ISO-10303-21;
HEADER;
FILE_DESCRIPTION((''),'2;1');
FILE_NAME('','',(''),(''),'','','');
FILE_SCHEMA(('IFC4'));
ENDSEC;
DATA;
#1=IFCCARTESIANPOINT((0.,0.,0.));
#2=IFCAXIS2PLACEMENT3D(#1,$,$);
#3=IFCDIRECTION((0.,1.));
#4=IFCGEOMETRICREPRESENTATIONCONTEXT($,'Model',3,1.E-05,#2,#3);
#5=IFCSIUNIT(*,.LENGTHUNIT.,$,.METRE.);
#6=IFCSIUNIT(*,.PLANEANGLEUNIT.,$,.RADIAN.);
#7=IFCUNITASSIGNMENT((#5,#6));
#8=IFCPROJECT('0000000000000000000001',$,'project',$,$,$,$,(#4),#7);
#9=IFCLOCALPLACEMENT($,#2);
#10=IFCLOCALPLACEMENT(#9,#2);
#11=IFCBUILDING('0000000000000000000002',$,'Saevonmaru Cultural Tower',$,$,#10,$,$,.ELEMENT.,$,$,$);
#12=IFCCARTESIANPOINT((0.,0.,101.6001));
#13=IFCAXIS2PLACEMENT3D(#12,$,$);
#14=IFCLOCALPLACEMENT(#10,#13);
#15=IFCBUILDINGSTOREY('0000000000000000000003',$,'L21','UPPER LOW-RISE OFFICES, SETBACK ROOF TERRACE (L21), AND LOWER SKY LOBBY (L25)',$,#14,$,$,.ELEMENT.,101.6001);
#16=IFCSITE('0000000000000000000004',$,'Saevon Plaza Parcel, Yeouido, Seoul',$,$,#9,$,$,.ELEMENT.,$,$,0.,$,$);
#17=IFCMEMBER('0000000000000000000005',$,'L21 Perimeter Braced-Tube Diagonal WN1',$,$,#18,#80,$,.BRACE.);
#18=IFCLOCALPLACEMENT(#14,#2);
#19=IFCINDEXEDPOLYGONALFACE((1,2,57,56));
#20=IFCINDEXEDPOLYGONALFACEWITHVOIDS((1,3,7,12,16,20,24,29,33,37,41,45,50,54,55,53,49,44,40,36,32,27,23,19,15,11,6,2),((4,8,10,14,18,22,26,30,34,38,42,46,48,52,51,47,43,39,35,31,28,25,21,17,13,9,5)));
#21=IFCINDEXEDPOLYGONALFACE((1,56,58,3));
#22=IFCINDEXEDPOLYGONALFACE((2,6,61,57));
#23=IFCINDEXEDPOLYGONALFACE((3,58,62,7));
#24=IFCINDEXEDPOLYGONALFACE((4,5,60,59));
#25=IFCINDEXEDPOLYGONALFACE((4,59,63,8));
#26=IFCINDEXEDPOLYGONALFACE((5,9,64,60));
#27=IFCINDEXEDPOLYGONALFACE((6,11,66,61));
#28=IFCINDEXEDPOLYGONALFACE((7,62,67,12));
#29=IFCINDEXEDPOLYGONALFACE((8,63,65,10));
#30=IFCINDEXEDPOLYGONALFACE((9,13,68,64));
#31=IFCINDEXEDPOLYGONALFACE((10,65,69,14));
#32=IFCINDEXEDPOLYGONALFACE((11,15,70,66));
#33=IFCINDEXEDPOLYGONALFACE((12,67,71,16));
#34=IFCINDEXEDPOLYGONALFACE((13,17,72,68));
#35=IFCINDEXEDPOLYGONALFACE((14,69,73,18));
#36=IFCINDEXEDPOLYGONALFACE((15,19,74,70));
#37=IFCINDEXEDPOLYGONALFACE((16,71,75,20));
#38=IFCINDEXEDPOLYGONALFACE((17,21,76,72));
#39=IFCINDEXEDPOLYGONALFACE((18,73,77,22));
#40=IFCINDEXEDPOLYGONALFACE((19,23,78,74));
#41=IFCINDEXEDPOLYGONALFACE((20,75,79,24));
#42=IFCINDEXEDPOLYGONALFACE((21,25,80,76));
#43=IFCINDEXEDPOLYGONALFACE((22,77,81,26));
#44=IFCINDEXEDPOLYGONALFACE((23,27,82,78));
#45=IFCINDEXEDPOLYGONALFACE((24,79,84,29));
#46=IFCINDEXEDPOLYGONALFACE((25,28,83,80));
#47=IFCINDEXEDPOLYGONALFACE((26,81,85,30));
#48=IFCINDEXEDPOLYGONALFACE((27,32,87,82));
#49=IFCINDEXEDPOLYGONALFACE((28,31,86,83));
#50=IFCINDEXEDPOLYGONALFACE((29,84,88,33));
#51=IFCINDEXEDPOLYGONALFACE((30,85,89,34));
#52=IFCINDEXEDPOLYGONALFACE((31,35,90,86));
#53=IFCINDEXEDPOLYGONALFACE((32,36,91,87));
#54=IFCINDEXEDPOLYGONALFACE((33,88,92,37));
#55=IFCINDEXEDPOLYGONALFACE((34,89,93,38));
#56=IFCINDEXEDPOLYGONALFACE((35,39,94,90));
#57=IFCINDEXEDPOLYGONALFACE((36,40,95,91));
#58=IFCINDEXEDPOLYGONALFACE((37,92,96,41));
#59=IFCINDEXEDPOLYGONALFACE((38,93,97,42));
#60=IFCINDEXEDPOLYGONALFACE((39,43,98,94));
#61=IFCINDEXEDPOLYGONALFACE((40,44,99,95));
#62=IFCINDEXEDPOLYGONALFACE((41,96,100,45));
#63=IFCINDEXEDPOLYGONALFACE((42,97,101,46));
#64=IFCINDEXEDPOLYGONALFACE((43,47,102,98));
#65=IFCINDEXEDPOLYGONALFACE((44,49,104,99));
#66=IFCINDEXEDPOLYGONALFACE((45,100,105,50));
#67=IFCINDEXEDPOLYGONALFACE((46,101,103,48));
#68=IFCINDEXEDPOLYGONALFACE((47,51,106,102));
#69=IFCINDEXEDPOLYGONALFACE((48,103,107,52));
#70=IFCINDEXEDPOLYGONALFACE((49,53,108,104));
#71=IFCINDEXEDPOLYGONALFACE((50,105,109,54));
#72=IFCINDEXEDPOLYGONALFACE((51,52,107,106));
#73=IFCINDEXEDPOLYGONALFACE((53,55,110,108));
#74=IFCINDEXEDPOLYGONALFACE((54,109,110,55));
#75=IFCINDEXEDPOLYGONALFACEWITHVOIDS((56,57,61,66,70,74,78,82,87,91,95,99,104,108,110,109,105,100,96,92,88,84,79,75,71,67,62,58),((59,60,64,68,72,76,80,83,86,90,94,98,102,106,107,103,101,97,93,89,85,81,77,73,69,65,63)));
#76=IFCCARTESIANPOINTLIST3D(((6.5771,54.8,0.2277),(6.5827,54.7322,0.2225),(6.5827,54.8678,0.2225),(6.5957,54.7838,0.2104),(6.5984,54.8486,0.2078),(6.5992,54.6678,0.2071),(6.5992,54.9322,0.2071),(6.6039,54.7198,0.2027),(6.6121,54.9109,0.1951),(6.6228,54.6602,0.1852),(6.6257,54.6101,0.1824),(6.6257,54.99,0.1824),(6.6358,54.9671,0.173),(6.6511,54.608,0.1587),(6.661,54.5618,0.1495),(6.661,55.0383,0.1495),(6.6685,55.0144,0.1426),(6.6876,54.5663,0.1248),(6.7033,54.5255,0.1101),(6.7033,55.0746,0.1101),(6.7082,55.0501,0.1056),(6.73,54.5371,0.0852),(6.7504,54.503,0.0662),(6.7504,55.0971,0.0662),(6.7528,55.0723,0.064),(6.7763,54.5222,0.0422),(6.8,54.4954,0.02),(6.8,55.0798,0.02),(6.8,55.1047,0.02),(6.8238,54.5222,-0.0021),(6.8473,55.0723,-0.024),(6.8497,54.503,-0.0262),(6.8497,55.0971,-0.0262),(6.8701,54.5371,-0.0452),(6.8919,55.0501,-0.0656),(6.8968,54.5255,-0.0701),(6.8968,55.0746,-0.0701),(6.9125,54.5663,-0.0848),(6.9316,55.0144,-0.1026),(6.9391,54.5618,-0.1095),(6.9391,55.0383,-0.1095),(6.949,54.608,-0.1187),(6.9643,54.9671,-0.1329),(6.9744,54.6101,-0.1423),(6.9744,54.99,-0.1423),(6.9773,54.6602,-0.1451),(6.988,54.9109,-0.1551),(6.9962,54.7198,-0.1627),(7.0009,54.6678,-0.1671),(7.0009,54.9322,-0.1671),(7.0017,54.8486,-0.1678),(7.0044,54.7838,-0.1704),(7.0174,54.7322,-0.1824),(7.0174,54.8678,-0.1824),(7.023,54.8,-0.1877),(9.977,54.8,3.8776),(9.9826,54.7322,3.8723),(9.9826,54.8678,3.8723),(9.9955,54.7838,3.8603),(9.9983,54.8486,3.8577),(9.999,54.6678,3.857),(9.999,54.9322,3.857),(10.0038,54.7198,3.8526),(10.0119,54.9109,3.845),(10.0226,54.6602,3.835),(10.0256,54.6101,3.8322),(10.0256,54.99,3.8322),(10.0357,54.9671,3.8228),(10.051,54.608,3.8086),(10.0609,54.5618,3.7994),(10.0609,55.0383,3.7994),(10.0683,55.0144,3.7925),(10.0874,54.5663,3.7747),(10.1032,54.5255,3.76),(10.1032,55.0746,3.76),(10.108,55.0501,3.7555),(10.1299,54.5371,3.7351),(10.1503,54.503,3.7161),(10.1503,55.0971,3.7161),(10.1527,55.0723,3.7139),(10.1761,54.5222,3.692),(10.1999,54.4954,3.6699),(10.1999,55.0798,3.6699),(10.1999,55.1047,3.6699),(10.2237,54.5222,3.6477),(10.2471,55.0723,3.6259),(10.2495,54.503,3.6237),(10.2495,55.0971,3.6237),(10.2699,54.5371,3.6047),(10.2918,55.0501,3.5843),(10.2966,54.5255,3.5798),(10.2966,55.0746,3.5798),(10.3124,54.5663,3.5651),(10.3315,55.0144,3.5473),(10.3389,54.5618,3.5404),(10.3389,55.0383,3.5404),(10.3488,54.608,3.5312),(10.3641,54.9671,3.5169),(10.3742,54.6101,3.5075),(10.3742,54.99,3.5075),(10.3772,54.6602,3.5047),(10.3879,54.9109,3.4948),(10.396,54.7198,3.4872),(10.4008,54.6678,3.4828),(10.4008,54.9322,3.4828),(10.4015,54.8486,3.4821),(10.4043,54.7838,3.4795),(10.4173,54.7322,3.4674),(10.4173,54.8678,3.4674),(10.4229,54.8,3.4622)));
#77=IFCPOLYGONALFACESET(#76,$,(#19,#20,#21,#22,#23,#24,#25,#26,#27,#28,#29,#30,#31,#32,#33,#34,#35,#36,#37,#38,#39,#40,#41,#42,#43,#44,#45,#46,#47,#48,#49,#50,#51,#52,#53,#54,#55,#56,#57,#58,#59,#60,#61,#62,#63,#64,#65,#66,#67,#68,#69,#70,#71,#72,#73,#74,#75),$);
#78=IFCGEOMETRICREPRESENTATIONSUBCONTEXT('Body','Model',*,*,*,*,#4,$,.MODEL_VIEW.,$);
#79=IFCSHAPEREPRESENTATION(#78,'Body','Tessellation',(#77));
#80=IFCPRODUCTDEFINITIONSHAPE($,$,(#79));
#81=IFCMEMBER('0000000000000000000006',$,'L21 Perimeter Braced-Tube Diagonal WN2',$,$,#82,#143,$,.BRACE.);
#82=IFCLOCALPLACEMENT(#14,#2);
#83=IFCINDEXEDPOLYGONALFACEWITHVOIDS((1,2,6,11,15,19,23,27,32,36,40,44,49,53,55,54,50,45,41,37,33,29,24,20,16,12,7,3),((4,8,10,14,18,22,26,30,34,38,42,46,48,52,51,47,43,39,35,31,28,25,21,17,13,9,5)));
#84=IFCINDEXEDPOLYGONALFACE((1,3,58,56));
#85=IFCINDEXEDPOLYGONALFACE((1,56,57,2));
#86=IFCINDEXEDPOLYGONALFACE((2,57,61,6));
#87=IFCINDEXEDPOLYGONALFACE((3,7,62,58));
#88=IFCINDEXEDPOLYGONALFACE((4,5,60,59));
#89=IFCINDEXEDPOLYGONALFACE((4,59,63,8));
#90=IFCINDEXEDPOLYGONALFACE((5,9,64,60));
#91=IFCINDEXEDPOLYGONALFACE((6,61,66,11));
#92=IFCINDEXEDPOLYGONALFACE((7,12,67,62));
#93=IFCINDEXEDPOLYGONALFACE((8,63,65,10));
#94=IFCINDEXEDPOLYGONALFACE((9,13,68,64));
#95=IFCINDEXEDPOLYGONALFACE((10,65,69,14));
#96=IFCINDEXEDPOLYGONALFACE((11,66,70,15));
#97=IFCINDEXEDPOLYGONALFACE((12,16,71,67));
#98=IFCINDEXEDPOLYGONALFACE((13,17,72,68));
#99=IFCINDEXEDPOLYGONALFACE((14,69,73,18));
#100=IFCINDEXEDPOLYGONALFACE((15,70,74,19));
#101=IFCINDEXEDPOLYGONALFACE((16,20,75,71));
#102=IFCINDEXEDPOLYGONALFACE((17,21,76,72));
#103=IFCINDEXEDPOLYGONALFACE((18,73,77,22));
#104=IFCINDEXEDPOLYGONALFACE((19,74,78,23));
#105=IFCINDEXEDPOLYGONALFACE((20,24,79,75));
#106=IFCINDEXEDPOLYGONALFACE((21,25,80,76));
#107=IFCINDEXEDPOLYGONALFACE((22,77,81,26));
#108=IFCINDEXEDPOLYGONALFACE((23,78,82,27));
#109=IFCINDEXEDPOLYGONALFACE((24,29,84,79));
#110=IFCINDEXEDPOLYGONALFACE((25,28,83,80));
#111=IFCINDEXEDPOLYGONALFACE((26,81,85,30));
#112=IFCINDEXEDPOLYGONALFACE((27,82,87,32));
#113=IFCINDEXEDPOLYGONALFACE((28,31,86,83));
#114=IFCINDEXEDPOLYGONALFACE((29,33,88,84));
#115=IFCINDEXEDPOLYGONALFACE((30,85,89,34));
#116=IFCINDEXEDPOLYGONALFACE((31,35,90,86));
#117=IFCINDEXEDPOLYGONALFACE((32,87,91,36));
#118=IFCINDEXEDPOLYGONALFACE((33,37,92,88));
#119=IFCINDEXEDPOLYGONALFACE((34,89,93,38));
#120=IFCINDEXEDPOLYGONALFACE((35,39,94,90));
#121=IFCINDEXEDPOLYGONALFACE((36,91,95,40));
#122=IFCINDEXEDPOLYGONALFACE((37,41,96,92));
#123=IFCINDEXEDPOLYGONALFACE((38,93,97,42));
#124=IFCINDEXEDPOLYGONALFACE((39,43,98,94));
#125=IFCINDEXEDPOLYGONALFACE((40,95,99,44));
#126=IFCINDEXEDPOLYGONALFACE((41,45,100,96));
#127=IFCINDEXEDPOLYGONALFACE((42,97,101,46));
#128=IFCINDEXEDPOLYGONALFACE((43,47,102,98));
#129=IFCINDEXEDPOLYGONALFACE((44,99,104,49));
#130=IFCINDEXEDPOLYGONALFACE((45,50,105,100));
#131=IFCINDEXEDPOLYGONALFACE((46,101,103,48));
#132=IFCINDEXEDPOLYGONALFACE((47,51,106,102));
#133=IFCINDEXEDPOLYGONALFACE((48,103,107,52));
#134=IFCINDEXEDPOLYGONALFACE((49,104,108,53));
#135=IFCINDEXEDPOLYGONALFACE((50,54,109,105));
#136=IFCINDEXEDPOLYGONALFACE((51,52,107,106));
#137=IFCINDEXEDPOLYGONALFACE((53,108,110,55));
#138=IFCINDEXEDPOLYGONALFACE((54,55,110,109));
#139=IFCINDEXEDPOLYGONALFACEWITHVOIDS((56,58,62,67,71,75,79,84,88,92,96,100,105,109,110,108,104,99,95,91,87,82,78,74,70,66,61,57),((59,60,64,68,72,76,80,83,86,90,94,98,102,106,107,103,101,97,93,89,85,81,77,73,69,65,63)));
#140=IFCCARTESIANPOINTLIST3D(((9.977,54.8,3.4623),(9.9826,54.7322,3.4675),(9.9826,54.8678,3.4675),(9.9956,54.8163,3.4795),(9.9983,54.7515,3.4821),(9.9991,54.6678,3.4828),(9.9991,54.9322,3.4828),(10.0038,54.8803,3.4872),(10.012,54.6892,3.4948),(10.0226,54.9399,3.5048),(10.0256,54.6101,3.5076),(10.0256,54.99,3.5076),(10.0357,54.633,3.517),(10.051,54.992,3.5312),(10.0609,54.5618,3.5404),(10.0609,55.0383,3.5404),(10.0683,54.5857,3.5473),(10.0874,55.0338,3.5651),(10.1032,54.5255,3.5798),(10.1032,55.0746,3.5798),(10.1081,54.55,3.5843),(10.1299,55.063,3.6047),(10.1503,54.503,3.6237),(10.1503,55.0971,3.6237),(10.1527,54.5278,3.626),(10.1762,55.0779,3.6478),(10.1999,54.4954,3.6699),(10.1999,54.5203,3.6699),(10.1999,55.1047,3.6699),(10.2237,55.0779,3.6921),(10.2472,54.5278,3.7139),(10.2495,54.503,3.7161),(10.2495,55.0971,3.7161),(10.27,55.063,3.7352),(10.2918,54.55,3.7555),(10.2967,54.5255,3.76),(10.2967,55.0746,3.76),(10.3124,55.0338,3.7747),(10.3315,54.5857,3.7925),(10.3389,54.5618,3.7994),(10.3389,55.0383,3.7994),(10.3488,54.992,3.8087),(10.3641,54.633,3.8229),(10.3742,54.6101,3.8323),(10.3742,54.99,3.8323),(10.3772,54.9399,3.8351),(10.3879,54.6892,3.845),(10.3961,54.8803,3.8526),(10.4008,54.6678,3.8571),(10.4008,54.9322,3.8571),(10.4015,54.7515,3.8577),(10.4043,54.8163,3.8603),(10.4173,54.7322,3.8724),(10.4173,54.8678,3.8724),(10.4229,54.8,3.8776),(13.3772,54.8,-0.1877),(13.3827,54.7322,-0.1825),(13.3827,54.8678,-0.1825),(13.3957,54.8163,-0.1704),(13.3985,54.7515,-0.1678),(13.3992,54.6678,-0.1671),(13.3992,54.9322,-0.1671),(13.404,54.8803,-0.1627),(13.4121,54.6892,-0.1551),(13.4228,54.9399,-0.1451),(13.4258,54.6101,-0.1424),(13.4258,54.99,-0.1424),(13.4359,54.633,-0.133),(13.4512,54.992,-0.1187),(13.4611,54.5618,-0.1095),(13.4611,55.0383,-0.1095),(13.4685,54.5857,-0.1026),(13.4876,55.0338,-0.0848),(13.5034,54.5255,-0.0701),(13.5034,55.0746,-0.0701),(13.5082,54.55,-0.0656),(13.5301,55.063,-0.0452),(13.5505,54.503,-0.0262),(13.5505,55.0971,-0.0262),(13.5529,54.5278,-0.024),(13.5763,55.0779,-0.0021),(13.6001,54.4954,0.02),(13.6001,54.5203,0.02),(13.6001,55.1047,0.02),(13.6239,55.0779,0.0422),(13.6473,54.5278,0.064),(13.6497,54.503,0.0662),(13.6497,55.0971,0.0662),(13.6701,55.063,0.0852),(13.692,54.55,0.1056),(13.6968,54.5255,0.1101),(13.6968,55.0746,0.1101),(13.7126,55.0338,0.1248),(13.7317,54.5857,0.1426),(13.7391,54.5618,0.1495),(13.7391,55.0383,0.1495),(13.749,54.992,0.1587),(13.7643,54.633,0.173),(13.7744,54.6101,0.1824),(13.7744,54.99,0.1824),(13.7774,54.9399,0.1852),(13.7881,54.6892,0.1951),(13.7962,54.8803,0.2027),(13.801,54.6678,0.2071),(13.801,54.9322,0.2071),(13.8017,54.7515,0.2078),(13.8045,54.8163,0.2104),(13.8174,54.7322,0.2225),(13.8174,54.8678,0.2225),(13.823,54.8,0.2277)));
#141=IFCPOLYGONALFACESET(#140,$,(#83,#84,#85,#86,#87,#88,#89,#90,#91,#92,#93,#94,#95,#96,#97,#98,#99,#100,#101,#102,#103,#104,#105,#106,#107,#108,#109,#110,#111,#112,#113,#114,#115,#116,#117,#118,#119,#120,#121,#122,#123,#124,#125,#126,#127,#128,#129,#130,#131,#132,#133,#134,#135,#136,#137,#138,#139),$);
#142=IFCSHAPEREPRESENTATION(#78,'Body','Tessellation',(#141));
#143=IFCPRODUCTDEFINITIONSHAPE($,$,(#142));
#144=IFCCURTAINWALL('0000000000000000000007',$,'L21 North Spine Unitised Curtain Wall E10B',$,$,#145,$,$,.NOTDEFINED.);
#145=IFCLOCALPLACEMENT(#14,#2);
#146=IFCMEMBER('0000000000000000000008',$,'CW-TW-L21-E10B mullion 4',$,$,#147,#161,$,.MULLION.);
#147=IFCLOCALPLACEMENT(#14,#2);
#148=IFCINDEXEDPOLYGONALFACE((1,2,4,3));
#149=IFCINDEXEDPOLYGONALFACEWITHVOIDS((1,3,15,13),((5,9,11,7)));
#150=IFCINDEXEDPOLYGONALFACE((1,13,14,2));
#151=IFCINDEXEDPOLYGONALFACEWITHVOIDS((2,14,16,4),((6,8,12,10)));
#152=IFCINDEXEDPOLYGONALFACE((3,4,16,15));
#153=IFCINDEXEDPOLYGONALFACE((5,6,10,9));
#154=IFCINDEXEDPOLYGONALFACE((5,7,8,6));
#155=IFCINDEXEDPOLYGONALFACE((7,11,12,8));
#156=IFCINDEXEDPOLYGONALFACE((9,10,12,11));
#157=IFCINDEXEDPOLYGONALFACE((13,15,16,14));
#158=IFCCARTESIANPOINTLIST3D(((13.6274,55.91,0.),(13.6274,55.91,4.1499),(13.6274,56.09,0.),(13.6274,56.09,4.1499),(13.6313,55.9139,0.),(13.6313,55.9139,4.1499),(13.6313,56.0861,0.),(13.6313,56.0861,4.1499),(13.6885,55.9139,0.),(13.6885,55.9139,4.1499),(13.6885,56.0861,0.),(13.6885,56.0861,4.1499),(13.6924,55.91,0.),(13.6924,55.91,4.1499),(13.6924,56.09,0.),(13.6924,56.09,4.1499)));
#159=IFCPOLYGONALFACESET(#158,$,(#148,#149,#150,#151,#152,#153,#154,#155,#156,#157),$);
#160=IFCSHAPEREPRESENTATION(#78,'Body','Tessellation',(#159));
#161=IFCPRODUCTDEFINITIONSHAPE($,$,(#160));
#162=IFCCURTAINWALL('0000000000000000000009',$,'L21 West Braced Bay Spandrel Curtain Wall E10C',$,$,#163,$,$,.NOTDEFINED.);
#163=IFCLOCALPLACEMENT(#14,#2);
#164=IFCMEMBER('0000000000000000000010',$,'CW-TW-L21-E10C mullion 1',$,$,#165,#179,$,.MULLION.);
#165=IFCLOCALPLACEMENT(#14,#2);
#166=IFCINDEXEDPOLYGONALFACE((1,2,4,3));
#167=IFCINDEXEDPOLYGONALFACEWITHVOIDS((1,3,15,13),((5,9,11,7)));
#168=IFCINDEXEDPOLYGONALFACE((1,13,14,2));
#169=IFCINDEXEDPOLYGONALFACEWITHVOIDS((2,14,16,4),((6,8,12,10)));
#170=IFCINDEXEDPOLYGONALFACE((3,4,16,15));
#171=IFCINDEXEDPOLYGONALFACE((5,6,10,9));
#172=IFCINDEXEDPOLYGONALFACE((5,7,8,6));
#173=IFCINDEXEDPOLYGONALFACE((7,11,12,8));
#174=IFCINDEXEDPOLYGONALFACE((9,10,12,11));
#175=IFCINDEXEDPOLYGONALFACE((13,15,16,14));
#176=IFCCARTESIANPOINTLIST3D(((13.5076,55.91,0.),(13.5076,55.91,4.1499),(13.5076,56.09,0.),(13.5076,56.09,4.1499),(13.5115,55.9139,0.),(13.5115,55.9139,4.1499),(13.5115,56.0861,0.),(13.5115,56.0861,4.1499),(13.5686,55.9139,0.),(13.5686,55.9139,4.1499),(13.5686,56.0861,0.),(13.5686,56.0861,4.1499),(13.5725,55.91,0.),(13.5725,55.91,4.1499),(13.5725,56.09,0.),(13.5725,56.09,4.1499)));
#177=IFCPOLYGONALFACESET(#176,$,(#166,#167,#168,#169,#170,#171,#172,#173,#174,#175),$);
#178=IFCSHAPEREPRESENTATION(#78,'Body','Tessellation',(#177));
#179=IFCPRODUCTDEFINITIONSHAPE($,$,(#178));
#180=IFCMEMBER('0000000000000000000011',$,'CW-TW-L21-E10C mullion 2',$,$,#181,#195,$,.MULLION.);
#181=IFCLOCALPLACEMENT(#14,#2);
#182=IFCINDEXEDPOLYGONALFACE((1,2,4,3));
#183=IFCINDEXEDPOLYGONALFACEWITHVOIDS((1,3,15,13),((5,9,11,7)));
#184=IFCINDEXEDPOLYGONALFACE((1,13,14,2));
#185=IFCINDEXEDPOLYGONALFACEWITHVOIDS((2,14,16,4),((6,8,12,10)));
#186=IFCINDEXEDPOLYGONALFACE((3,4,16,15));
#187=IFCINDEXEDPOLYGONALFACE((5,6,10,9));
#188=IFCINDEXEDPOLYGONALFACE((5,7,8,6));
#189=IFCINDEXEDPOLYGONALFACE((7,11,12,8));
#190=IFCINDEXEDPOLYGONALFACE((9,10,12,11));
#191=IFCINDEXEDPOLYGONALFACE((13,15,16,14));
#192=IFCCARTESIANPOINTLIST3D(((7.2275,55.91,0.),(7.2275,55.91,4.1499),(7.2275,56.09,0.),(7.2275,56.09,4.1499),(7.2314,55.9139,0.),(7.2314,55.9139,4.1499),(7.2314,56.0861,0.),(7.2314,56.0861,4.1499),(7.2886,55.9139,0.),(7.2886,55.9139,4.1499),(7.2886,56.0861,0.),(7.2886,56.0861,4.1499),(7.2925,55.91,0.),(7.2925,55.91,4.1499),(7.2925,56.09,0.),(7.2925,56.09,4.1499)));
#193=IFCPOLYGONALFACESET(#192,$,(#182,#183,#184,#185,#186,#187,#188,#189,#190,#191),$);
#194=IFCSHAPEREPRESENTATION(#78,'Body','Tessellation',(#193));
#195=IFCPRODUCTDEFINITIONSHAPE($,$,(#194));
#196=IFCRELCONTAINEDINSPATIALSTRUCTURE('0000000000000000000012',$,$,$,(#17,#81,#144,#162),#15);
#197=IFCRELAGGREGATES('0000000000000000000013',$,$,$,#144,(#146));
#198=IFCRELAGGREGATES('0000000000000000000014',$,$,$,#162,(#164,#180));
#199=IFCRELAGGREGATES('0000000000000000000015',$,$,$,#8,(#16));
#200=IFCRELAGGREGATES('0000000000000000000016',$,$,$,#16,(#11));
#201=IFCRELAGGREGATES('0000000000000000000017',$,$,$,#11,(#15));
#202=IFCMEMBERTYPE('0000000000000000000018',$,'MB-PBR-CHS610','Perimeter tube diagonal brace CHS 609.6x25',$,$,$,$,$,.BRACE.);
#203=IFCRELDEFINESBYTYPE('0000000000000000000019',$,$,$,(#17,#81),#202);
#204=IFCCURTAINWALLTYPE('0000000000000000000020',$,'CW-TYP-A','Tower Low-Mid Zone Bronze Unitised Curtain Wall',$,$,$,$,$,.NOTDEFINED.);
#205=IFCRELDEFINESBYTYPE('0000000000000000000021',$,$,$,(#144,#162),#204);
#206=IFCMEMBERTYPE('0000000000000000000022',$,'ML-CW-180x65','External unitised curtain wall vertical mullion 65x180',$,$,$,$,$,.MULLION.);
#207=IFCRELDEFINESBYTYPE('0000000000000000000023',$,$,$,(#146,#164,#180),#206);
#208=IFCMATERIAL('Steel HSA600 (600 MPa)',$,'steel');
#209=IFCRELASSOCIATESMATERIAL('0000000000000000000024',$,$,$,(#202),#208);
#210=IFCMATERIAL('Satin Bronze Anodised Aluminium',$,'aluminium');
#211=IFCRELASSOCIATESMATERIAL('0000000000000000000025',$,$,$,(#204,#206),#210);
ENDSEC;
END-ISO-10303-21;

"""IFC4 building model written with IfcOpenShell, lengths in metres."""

from ifc_helpers import new_model, si_unit, direction, frame, origin, origin_2d, place, context, subcontext, project, spatial, hollow_rectangle, hollow_circle, extrude, material, material_profile, profile_set, type_object, element, aggregate, save


model = new_model("IFC4")

# Units and contexts
model_context = context("Model", 3, precision=1e-05, world=origin(), true_north=direction((0.0, 1.0)))
body_context = subcontext(model_context, "Body", "Model", "MODEL_VIEW")
ifc_project = project(units=[si_unit("LENGTHUNIT", "METRE"), si_unit("PLANEANGLEUNIT", "RADIAN")], contexts=[model_context])

# Site, building, storey
site_placement = place(None, origin())
site = spatial("IfcSite", under=ifc_project, at=site_placement, Name="Saevon Plaza Parcel, Yeouido, Seoul", CompositionType="ELEMENT", RefElevation=0.0)
building_placement = place(site_placement, origin())
building = spatial("IfcBuilding", under=site, at=building_placement, Name="Saevonmaru Cultural Tower", CompositionType="ELEMENT")
storey_placement = place(building_placement, frame((0.0, 0.0, 101.6001)))
storey = spatial("IfcBuildingStorey", under=building, at=storey_placement, Name="L21", Description="UPPER LOW-RISE OFFICES, SETBACK ROOF TERRACE (L21), AND LOWER SKY LOBBY (L25)", CompositionType="ELEMENT", Elevation=101.6001)

# Members
ifc_material_1 = material(Name="Steel HSA600 (600 MPa)", Category="steel")
ifc_material_profile_1 = material_profile(ifc_material_1, hollow_circle(Radius=0.3047, WallThickness=0.0249, at=origin_2d()), Name="CHS-609.6x25")
ifc_profile_set_1 = profile_set([ifc_material_profile_1], Name="Steel HSA600 (600 MPa)")
member_type_1 = type_object("IfcMemberType", Name="MB-PBR-CHS610", Description="Perimeter tube diagonal brace CHS 609.6x25", PredefinedType="BRACE", material=ifc_profile_set_1)
member_1_placement = place(storey_placement, frame((6.8, 54.8, 0.02), z_axis=(0.681603, 0.0, 0.731722), x_axis=(0.0, 1.0, 0.0)))
element("IfcMember", 1, at=member_1_placement, inside=storey, type_object=member_type_1, Name="L21 Perimeter Braced-Tube Diagonal WN1", PredefinedType="BRACE", context=body_context, shape_type="SweptSolid", body=[
    extrude(hollow_circle(Radius=0.3047, WallThickness=0.0249, at=origin_2d()), origin(), (0.0, 0.0, 1.0), 4.988),
])
member_2_placement = place(storey_placement, frame((13.6001, 54.8, 0.02), z_axis=(-0.681629, 0.0, 0.731698), x_axis=(0.0, -1.0, 0.0)))
element("IfcMember", 2, at=member_2_placement, inside=storey, type_object=member_type_1, Name="L21 Perimeter Braced-Tube Diagonal WN2", PredefinedType="BRACE", context=body_context, shape_type="SweptSolid", body=[
    extrude(hollow_circle(Radius=0.3047, WallThickness=0.0249, at=origin_2d()), origin(), (0.0, 0.0, 1.0), 4.9883),
])

# Curtain wall, member
ifc_material_2 = material(Name="Satin Bronze Anodised Aluminium", Category="aluminium")
curtain_wall_type = type_object("IfcCurtainWallType", Name="CW-TYP-A", Description="Tower Low-Mid Zone Bronze Unitised Curtain Wall", PredefinedType="NOTDEFINED", material=ifc_material_2)
curtain_wall_1_placement = place(storey_placement, origin())
curtain_wall_1 = element("IfcCurtainWall", 3, at=curtain_wall_1_placement, inside=storey, type_object=curtain_wall_type, Name="L21 North Spine Unitised Curtain Wall E10B", PredefinedType="NOTDEFINED")
ifc_material_profile_2 = material_profile(ifc_material_2, hollow_rectangle(XDim=0.0649, YDim=0.1799, WallThickness=0.0039, at=origin_2d()), Name="ALU-MULL-180x65x4")
ifc_profile_set_2 = profile_set([ifc_material_profile_2], Name="Satin Bronze Anodised Aluminium")
member_type_2 = type_object("IfcMemberType", Name="ML-CW-180x65", Description="External unitised curtain wall vertical mullion 65x180", PredefinedType="MULLION", material=ifc_profile_set_2)
member_3_placement = place(storey_placement, frame((13.6599, 56.0, 0.0), z_axis=(0.0, 0.0, 1.0), x_axis=(-1.0, 0.0, 0.0)))
member_3 = element("IfcMember", 4, at=member_3_placement, type_object=member_type_2, Name="CW-TW-L21-E10B mullion 4", PredefinedType="MULLION", context=body_context, shape_type="SweptSolid", body=[
    extrude(hollow_rectangle(XDim=0.0649, YDim=0.1799, WallThickness=0.0039, at=origin_2d()), origin(), (0.0, 0.0, 1.0), 4.1499),
])
aggregate(curtain_wall_1, [member_3])

# Curtain wall, members
curtain_wall_2_placement = place(storey_placement, origin())
curtain_wall_2 = element("IfcCurtainWall", 5, at=curtain_wall_2_placement, inside=storey, type_object=curtain_wall_type, Name="L21 West Braced Bay Spandrel Curtain Wall E10C", PredefinedType="NOTDEFINED")
member_4_placement = place(storey_placement, frame((13.54, 56.0, 0.0), z_axis=(0.0, 0.0, 1.0), x_axis=(-1.0, 0.0, 0.0)))
member_4 = element("IfcMember", 6, at=member_4_placement, type_object=member_type_2, Name="CW-TW-L21-E10C mullion 1", PredefinedType="MULLION", context=body_context, shape_type="SweptSolid", body=[
    extrude(hollow_rectangle(XDim=0.0649, YDim=0.1799, WallThickness=0.0039, at=origin_2d()), origin(), (0.0, 0.0, 1.0), 4.1499),
])
member_5_placement = place(storey_placement, frame((7.26, 56.0, 0.0), z_axis=(0.0, 0.0, 1.0), x_axis=(-1.0, 0.0, 0.0)))
member_5 = element("IfcMember", 7, at=member_5_placement, type_object=member_type_2, Name="CW-TW-L21-E10C mullion 2", PredefinedType="MULLION", context=body_context, shape_type="SweptSolid", body=[
    extrude(hollow_rectangle(XDim=0.0649, YDim=0.1799, WallThickness=0.0039, at=origin_2d()), origin(), (0.0, 0.0, 1.0), 4.1499),
])

aggregate(curtain_wall_2, [member_4, member_5])

save(model, "model.ifc")
